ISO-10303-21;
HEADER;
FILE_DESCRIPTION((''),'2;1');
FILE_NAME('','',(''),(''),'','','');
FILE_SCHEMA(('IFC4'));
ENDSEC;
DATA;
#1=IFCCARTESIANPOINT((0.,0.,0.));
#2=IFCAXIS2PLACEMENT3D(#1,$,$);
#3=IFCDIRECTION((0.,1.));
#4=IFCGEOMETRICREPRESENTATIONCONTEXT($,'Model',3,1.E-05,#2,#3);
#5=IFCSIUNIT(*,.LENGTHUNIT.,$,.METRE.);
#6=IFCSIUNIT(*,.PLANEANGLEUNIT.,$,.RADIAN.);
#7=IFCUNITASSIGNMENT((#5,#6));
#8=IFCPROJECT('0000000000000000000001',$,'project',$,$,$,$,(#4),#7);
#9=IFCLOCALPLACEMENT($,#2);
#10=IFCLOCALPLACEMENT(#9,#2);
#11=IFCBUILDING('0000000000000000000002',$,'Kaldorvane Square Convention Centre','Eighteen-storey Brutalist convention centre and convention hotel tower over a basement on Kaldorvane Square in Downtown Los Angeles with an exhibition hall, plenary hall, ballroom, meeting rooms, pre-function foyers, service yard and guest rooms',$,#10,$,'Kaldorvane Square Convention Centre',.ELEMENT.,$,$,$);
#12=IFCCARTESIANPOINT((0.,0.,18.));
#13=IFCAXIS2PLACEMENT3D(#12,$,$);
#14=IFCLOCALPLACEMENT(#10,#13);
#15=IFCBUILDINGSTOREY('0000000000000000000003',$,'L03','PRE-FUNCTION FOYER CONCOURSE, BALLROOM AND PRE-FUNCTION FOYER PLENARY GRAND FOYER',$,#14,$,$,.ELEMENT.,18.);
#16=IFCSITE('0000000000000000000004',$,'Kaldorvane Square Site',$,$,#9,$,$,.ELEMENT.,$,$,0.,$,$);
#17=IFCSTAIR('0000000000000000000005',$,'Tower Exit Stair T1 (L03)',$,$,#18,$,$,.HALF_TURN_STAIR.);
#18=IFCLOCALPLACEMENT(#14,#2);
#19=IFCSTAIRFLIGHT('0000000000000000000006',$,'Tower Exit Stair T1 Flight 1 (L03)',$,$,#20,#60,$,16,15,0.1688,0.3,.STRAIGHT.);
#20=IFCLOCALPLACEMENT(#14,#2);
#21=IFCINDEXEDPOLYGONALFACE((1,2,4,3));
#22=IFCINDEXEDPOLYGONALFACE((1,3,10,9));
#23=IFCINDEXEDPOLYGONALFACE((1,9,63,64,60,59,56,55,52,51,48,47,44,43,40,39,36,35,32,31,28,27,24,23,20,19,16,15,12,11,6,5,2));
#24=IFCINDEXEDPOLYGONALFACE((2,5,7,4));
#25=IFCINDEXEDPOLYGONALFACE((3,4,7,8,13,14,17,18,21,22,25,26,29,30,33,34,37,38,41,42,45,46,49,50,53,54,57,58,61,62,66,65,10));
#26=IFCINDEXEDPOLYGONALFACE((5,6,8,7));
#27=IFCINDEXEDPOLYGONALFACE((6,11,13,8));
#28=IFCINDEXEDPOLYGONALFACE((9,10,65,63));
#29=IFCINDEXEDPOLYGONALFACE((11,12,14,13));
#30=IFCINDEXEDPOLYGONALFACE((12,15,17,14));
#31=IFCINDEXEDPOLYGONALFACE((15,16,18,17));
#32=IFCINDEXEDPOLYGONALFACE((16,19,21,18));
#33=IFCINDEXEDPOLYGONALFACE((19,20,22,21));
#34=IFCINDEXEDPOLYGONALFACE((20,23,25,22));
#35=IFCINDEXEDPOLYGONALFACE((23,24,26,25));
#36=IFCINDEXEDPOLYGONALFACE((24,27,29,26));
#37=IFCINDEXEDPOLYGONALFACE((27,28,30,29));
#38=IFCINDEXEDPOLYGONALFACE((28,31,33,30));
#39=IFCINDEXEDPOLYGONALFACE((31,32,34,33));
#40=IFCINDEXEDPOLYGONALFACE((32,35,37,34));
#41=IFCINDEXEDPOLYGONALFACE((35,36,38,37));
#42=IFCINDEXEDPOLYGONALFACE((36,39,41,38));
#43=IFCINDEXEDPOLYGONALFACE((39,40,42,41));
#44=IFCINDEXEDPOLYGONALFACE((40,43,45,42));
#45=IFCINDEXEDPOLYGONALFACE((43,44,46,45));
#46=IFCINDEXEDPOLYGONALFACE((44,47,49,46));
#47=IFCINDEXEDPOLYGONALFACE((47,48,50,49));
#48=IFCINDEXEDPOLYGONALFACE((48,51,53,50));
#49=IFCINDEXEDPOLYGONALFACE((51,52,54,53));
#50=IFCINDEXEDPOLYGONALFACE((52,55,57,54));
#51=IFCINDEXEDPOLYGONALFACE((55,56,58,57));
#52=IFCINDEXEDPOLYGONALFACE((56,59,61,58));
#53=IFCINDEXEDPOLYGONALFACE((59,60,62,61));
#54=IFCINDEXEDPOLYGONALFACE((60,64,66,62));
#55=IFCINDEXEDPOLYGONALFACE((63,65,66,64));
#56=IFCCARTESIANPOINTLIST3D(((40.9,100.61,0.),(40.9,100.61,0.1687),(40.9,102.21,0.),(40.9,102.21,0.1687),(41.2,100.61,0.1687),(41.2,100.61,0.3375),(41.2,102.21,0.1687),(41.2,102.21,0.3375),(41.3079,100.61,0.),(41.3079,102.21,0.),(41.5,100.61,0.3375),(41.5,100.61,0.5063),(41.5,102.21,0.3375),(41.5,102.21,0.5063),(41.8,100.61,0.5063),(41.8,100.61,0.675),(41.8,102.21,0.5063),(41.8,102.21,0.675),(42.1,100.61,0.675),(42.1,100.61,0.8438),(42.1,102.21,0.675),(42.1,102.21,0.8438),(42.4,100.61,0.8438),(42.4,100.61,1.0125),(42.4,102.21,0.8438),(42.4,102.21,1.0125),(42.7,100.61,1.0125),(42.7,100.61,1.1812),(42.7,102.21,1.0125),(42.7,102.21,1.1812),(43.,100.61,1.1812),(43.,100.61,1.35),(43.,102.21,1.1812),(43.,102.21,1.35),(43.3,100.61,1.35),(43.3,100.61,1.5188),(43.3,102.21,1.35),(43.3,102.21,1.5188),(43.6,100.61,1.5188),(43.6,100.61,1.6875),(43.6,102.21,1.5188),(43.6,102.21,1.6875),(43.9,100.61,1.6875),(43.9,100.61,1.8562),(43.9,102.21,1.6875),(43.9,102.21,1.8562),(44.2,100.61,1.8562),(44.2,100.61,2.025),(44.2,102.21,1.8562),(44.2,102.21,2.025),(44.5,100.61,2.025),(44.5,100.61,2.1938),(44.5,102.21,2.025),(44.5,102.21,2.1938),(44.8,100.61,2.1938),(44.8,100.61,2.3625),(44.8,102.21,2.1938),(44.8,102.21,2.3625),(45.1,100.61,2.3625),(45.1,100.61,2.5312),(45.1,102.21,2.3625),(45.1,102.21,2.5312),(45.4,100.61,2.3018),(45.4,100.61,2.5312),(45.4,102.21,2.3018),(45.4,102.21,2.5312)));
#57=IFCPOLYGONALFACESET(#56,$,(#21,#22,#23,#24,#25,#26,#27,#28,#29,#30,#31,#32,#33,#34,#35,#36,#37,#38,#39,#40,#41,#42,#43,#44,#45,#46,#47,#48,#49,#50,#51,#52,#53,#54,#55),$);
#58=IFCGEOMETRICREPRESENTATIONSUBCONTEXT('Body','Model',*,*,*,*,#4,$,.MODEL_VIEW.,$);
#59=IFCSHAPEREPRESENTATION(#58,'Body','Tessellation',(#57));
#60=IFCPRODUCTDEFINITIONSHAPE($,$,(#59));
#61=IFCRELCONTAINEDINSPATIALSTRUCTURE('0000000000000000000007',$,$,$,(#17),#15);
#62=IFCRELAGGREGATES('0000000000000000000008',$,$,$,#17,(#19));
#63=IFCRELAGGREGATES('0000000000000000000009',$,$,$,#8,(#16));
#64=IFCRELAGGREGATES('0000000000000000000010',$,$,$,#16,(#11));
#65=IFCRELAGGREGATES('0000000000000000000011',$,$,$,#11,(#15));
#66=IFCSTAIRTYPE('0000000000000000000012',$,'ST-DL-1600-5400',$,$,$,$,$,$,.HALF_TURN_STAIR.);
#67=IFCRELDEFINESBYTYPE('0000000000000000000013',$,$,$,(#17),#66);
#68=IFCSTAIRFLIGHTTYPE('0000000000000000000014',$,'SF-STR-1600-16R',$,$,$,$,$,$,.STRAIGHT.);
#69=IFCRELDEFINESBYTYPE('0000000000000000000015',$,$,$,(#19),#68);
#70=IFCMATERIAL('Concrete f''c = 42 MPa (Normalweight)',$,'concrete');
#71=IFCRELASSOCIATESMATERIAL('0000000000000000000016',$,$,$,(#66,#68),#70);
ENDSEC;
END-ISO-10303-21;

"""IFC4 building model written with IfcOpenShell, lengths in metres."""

from ifc_helpers import new_model, si_unit, direction, frame, origin, place, context, subcontext, project, spatial, polyline, outline, extrude, material, type_object, element, aggregate, save


model = new_model("IFC4")

# Units and contexts
model_context = context("Model", 3, precision=1e-05, world=origin(), true_north=direction((0.0, 1.0)))
body_context = subcontext(model_context, "Body", "Model", "MODEL_VIEW")
ifc_project = project(units=[si_unit("LENGTHUNIT", "METRE"), si_unit("PLANEANGLEUNIT", "RADIAN")], contexts=[model_context])

# Site, building, storey
site_placement = place(None, origin())
site = spatial("IfcSite", under=ifc_project, at=site_placement, Name="Kaldorvane Square Site", CompositionType="ELEMENT", RefElevation=0.0)
building_placement = place(site_placement, origin())
building = spatial("IfcBuilding", under=site, at=building_placement, Name="Kaldorvane Square Convention Centre", Description="Eighteen-storey Brutalist convention centre and convention hotel tower over a basement on Kaldorvane Square in Downtown Los Angeles with an exhibition hall, plenary hall, ballroom, meeting rooms, pre-function foyers, service yard and guest rooms", LongName="Kaldorvane Square Convention Centre", CompositionType="ELEMENT")
storey_placement = place(building_placement, frame((0.0, 0.0, 18.0)))
storey = spatial("IfcBuildingStorey", under=building, at=storey_placement, Name="L03", Description="PRE-FUNCTION FOYER CONCOURSE, BALLROOM AND PRE-FUNCTION FOYER PLENARY GRAND FOYER", CompositionType="ELEMENT", Elevation=18.0)

# Shared definitions
ifc_material_1 = material(Name="Concrete f'c = 42 MPa (Normalweight)", Category="concrete")

# Stair, stair flight
stair_type = type_object("IfcStairType", Name="ST-DL-1600-5400", PredefinedType="HALF_TURN_STAIR", material=ifc_material_1)
stair_placement = place(storey_placement, origin())
stair = element("IfcStair", 1, at=stair_placement, inside=storey, type_object=stair_type, Name="Tower Exit Stair T1 (L03)", PredefinedType="HALF_TURN_STAIR")
stair_flight_type = type_object("IfcStairFlightType", Name="SF-STR-1600-16R", PredefinedType="STRAIGHT", material=ifc_material_1)
stair_flight_placement = place(storey_placement, frame((40.9, 101.41, 0.0), z_axis=(0.0, 0.0, 1.0), x_axis=(1.0, 0.0, 0.0)))
stair_flight = element("IfcStairFlight", 2, at=stair_flight_placement, type_object=stair_flight_type, Name="Tower Exit Stair T1 Flight 1 (L03)", NumberOfRisers=16, NumberOfTreads=15, PredefinedType="STRAIGHT", RiserHeight=0.1688, TreadLength=0.3, context=body_context, shape_type="SweptSolid", body=[
    extrude(outline(polyline([(0.0, 0.0), (0.0, 0.1687), (0.3, 0.1687), (0.3, 0.3375), (0.6, 0.3375), (0.6, 0.5063), (0.9, 0.5063), (0.9, 0.675), (1.2, 0.675), (1.2, 0.8438), (1.5, 0.8438), (1.5, 1.0125), (1.8, 1.0125), (1.8, 1.1812), (2.1, 1.1812), (2.1, 1.35), (2.4, 1.35), (2.4, 1.5188), (2.7, 1.5188), (2.7, 1.6875), (3.0, 1.6875), (3.0, 1.8562), (3.3, 1.8562), (3.3, 2.025), (3.6, 2.025), (3.6, 2.1938), (3.9, 2.1938), (3.9, 2.3625), (4.2, 2.3625), (4.2, 2.5312), (4.5, 2.5312), (4.5, 2.7), (4.5, 2.3018), (0.4079, 0.0), (0.0, 0.0)])), frame((0.0, 0.8, 0.0), z_axis=(0.0, -1.0, 0.0), x_axis=(1.0, 0.0, 0.0)), (0.0, 0.0, 1.0), 1.6),
])
aggregate(stair, [stair_flight])

save(model, "model.ifc")
